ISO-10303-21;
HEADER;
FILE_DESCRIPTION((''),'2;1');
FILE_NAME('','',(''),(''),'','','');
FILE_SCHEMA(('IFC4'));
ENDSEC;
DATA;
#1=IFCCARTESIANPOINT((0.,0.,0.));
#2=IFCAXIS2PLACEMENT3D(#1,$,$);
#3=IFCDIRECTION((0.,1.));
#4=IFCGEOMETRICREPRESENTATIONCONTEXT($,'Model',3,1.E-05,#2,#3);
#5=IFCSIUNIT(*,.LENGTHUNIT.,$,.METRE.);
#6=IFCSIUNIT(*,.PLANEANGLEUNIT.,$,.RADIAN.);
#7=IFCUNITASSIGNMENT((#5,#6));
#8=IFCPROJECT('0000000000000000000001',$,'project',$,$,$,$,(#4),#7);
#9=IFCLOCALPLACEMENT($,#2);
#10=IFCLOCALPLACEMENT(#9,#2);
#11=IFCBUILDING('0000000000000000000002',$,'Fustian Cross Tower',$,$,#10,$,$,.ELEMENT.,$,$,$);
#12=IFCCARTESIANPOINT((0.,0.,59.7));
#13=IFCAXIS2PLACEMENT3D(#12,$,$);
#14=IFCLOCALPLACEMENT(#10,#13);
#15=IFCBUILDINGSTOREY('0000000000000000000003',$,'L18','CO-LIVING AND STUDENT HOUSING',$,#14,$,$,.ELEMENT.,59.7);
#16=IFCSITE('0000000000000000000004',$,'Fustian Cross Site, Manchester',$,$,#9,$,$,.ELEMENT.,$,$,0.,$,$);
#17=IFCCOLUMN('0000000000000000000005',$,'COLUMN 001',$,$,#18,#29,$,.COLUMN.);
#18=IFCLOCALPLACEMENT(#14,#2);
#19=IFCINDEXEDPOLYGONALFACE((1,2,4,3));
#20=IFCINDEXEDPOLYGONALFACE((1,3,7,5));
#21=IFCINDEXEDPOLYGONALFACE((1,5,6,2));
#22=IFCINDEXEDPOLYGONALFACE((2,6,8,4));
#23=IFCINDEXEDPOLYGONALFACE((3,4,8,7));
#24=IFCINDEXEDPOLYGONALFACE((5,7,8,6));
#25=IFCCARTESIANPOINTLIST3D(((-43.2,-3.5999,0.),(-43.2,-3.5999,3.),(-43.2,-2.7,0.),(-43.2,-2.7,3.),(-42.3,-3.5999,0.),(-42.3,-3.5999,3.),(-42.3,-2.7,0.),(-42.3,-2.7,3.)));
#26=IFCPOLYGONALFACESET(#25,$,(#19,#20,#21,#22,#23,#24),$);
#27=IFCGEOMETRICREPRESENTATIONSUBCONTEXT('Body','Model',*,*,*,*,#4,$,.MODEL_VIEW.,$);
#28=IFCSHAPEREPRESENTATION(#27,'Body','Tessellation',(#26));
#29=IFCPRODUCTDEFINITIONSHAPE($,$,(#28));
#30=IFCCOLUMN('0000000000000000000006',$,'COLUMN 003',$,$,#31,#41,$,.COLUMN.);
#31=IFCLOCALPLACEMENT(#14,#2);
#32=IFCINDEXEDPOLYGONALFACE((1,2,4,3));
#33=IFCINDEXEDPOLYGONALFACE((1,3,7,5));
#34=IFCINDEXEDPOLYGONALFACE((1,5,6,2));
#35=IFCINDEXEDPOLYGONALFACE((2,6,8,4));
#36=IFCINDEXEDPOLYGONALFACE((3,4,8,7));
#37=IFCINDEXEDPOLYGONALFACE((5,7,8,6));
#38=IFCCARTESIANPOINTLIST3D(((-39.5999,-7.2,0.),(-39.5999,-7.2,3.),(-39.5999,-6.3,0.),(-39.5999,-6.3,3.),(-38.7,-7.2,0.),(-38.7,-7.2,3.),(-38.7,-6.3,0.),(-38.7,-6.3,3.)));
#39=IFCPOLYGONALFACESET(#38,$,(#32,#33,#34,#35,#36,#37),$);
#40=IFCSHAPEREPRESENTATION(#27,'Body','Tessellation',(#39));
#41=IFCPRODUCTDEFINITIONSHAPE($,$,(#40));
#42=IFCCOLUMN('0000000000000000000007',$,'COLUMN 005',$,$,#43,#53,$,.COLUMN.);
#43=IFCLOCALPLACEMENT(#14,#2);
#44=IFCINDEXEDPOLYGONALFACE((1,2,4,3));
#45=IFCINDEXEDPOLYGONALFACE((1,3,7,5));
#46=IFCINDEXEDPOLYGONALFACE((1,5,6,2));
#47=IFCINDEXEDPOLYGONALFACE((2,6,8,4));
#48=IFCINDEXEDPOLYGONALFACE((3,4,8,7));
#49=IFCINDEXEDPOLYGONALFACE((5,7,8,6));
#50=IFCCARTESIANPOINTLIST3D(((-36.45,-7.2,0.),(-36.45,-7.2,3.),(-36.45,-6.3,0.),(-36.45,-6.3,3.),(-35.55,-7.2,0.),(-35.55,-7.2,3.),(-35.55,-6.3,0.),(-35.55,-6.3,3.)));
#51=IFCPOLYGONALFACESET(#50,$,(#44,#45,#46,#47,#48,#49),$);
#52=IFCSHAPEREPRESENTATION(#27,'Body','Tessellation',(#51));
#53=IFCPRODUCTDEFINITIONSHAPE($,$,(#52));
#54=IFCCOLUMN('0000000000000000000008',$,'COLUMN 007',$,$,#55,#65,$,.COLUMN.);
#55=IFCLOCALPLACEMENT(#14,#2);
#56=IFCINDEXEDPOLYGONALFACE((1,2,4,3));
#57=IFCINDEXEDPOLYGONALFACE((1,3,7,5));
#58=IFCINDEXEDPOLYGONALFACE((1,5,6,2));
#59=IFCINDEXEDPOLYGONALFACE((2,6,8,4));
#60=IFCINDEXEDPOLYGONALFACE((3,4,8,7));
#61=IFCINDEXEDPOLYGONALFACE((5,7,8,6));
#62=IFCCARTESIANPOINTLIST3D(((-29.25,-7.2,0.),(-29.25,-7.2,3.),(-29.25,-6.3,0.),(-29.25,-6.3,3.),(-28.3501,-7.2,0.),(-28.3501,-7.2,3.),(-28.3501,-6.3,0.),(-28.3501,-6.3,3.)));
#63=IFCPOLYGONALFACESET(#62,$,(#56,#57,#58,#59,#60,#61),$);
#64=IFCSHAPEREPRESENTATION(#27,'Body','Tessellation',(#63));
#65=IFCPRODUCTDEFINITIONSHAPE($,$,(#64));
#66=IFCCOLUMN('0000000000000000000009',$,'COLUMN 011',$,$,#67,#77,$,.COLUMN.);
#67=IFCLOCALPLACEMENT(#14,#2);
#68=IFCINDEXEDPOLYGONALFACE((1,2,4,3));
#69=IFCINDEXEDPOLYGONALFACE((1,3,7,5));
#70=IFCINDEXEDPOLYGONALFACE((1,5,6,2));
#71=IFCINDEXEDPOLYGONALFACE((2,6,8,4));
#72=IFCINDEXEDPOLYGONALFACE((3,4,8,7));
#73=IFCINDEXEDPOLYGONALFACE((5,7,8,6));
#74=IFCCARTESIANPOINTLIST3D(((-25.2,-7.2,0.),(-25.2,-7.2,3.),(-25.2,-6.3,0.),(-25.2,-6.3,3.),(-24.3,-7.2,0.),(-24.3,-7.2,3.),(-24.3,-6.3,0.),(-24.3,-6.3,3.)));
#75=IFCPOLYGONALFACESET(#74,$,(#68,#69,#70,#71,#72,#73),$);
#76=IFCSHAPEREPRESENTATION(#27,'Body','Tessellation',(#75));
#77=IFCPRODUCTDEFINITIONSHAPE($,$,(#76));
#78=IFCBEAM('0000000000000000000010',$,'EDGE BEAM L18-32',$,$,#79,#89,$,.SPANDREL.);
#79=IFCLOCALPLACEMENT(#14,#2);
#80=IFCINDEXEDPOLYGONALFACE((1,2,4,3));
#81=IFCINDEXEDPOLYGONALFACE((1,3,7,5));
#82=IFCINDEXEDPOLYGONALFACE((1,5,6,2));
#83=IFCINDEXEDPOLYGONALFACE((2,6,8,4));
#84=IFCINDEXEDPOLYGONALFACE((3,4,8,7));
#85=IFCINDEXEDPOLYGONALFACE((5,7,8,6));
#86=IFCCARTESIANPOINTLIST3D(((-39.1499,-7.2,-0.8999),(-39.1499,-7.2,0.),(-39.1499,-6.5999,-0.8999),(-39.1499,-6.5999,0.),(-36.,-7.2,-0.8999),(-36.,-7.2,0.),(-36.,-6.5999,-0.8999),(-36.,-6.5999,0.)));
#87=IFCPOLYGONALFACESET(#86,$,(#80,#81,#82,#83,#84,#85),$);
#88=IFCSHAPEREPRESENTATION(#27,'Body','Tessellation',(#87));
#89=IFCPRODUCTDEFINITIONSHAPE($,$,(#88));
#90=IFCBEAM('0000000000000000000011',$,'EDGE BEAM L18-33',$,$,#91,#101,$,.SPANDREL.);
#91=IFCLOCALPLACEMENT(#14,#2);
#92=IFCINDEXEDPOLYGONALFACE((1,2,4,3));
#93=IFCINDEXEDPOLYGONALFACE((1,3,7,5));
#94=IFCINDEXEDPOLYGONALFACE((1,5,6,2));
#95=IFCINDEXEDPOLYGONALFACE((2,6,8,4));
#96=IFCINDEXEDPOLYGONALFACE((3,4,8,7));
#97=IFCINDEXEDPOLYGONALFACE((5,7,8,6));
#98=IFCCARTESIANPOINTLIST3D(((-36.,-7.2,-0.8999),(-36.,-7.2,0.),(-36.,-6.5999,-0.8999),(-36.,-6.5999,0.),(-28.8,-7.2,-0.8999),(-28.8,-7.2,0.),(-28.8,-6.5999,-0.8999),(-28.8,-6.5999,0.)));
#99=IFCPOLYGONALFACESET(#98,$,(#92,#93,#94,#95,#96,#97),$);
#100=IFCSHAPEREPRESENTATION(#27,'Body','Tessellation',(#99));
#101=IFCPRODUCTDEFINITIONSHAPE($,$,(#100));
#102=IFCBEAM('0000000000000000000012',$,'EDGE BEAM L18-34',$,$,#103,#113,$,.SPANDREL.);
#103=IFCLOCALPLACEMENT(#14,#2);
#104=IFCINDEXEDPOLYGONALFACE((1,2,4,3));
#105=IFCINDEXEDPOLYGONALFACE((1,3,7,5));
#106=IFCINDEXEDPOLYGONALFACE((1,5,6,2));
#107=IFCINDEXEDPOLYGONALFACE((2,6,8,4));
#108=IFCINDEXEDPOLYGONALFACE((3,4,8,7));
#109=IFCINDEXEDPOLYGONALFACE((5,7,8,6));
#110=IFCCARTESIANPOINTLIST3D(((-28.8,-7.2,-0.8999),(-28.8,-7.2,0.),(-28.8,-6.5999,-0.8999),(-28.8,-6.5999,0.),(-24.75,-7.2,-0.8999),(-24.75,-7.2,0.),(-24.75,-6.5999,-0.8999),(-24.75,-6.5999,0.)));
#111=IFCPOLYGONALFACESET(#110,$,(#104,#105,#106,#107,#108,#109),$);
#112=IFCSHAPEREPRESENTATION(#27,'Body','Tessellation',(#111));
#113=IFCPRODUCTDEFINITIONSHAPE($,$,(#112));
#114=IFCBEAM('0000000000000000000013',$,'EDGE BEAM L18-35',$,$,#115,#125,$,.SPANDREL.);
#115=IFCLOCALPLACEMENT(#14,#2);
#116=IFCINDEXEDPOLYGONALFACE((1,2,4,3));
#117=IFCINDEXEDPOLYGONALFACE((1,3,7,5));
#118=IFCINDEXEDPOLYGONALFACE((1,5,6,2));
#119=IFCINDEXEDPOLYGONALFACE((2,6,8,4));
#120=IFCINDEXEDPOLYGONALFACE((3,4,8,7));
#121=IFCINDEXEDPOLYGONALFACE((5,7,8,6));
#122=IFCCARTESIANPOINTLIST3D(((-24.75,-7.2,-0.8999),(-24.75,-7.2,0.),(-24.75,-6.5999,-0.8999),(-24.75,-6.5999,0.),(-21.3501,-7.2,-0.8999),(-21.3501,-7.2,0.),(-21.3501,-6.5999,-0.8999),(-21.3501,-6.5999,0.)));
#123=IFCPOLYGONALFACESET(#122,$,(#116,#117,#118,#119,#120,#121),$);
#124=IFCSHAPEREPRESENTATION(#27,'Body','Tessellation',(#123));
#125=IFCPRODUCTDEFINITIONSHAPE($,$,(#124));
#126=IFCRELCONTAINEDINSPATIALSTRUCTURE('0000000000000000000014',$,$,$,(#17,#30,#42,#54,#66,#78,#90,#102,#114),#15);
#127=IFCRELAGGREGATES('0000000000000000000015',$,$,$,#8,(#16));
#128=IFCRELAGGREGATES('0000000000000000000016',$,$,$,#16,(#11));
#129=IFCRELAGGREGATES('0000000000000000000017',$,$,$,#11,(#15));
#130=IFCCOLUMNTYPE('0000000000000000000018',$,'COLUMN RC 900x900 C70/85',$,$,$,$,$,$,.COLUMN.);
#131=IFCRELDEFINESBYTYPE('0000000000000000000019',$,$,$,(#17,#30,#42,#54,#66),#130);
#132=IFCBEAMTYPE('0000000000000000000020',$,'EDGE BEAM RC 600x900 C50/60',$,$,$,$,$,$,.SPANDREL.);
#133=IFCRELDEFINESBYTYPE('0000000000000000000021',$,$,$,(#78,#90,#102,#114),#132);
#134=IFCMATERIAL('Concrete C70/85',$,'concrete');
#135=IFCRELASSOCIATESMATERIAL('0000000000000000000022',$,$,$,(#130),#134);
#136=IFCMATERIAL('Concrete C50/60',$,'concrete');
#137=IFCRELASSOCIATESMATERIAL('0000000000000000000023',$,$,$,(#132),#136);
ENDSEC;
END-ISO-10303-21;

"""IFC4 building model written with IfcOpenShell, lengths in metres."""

from ifc_helpers import new_model, si_unit, direction, frame, origin, origin_2d, place, context, subcontext, project, spatial, rectangle, extrude, material, material_profile, profile_set, type_object, element, save


model = new_model("IFC4")

# Units and contexts
model_context = context("Model", 3, precision=1e-05, world=origin(), true_north=direction((0.0, 1.0)))
body_context = subcontext(model_context, "Body", "Model", "MODEL_VIEW")
ifc_project = project(units=[si_unit("LENGTHUNIT", "METRE"), si_unit("PLANEANGLEUNIT", "RADIAN")], contexts=[model_context])

# Site, building, storey
site_placement = place(None, origin())
site = spatial("IfcSite", under=ifc_project, at=site_placement, Name="Fustian Cross Site, Manchester", CompositionType="ELEMENT", RefElevation=0.0)
building_placement = place(site_placement, origin())
building = spatial("IfcBuilding", under=site, at=building_placement, Name="Fustian Cross Tower", CompositionType="ELEMENT")
storey_placement = place(building_placement, frame((0.0, 0.0, 59.7)))
storey = spatial("IfcBuildingStorey", under=building, at=storey_placement, Name="L18", Description="CO-LIVING AND STUDENT HOUSING", CompositionType="ELEMENT", Elevation=59.7)

# Columns
ifc_material_1 = material(Name="Concrete C70/85", Category="concrete")
ifc_material_profile_1 = material_profile(ifc_material_1, rectangle(XDim=0.8999, YDim=0.8999, at=origin_2d()), Name="RC 900x900")
ifc_profile_set_1 = profile_set([ifc_material_profile_1], Name="Concrete C70/85")
column_type = type_object("IfcColumnType", Name="COLUMN RC 900x900 C70/85", PredefinedType="COLUMN", material=ifc_profile_set_1)
for number, where, z_axis, x_axis, name in (
    (1, (-42.75, -3.1499, 0.0), (0.0, 0.0, 1.0), (1.0, 0.0, 0.0), "COLUMN 001"),
    (2, (-39.1499, -6.75, 0.0), (0.0, 0.0, 1.0), (1.0, 0.0, 0.0), "COLUMN 003"),
    (3, (-36.0, -6.75, 0.0), (0.0, 0.0, 1.0), (1.0, 0.0, 0.0), "COLUMN 005"),
    (4, (-28.8, -6.75, 0.0), (0.0, 0.0, 1.0), (1.0, 0.0, 0.0), "COLUMN 007"),
    (5, (-24.75, -6.75, 0.0), (0.0, 0.0, 1.0), (1.0, 0.0, 0.0), "COLUMN 011"),
):
    element("IfcColumn", number, at=place(storey_placement, frame(where, z_axis=z_axis, x_axis=x_axis)), inside=storey, type_object=column_type, Name=name, PredefinedType="COLUMN", context=body_context, shape_type="SweptSolid", body=[
        extrude(rectangle(XDim=0.8999, YDim=0.8999, at=origin_2d()), origin(), (0.0, 0.0, 1.0), 3.0),
    ])

# Beams
ifc_material_2 = material(Name="Concrete C50/60", Category="concrete")
ifc_material_profile_2 = material_profile(ifc_material_2, rectangle(XDim=0.6001, YDim=0.8999, at=origin_2d()), Name="RC 600x900")
ifc_profile_set_2 = profile_set([ifc_material_profile_2], Name="Concrete C50/60")
beam_type = type_object("IfcBeamType", Name="EDGE BEAM RC 600x900 C50/60", PredefinedType="SPANDREL", material=ifc_profile_set_2)
beam_1_placement = place(storey_placement, frame((-39.1499, -6.8999, -0.45), z_axis=(1.0, 0.0, 0.0), x_axis=(0.0, 1.0, 0.0)))
element("IfcBeam", 6, at=beam_1_placement, inside=storey, type_object=beam_type, Name="EDGE BEAM L18-32", PredefinedType="SPANDREL", context=body_context, shape_type="SweptSolid", body=[
    extrude(rectangle(XDim=0.6001, YDim=0.8999, at=origin_2d()), origin(), (0.0, 0.0, 1.0), 3.1499),
])
beam_2_placement = place(storey_placement, frame((-36.0, -6.8999, -0.45), z_axis=(1.0, 0.0, 0.0), x_axis=(0.0, 1.0, 0.0)))
element("IfcBeam", 7, at=beam_2_placement, inside=storey, type_object=beam_type, Name="EDGE BEAM L18-33", PredefinedType="SPANDREL", context=body_context, shape_type="SweptSolid", body=[
    extrude(rectangle(XDim=0.6001, YDim=0.8999, at=origin_2d()), origin(), (0.0, 0.0, 1.0), 7.2),
])
beam_3_placement = place(storey_placement, frame((-28.8, -6.8999, -0.45), z_axis=(1.0, 0.0, 0.0), x_axis=(0.0, 1.0, 0.0)))
element("IfcBeam", 8, at=beam_3_placement, inside=storey, type_object=beam_type, Name="EDGE BEAM L18-34", PredefinedType="SPANDREL", context=body_context, shape_type="SweptSolid", body=[
    extrude(rectangle(XDim=0.6001, YDim=0.8999, at=origin_2d()), origin(), (0.0, 0.0, 1.0), 4.05),
])
beam_4_placement = place(storey_placement, frame((-24.75, -6.8999, -0.45), z_axis=(1.0, 0.0, 0.0), x_axis=(0.0, 1.0, 0.0)))
element("IfcBeam", 9, at=beam_4_placement, inside=storey, type_object=beam_type, Name="EDGE BEAM L18-35", PredefinedType="SPANDREL", context=body_context, shape_type="SweptSolid", body=[
    extrude(rectangle(XDim=0.6001, YDim=0.8999, at=origin_2d()), origin(), (0.0, 0.0, 1.0), 3.3999),
])

save(model, "model.ifc")
